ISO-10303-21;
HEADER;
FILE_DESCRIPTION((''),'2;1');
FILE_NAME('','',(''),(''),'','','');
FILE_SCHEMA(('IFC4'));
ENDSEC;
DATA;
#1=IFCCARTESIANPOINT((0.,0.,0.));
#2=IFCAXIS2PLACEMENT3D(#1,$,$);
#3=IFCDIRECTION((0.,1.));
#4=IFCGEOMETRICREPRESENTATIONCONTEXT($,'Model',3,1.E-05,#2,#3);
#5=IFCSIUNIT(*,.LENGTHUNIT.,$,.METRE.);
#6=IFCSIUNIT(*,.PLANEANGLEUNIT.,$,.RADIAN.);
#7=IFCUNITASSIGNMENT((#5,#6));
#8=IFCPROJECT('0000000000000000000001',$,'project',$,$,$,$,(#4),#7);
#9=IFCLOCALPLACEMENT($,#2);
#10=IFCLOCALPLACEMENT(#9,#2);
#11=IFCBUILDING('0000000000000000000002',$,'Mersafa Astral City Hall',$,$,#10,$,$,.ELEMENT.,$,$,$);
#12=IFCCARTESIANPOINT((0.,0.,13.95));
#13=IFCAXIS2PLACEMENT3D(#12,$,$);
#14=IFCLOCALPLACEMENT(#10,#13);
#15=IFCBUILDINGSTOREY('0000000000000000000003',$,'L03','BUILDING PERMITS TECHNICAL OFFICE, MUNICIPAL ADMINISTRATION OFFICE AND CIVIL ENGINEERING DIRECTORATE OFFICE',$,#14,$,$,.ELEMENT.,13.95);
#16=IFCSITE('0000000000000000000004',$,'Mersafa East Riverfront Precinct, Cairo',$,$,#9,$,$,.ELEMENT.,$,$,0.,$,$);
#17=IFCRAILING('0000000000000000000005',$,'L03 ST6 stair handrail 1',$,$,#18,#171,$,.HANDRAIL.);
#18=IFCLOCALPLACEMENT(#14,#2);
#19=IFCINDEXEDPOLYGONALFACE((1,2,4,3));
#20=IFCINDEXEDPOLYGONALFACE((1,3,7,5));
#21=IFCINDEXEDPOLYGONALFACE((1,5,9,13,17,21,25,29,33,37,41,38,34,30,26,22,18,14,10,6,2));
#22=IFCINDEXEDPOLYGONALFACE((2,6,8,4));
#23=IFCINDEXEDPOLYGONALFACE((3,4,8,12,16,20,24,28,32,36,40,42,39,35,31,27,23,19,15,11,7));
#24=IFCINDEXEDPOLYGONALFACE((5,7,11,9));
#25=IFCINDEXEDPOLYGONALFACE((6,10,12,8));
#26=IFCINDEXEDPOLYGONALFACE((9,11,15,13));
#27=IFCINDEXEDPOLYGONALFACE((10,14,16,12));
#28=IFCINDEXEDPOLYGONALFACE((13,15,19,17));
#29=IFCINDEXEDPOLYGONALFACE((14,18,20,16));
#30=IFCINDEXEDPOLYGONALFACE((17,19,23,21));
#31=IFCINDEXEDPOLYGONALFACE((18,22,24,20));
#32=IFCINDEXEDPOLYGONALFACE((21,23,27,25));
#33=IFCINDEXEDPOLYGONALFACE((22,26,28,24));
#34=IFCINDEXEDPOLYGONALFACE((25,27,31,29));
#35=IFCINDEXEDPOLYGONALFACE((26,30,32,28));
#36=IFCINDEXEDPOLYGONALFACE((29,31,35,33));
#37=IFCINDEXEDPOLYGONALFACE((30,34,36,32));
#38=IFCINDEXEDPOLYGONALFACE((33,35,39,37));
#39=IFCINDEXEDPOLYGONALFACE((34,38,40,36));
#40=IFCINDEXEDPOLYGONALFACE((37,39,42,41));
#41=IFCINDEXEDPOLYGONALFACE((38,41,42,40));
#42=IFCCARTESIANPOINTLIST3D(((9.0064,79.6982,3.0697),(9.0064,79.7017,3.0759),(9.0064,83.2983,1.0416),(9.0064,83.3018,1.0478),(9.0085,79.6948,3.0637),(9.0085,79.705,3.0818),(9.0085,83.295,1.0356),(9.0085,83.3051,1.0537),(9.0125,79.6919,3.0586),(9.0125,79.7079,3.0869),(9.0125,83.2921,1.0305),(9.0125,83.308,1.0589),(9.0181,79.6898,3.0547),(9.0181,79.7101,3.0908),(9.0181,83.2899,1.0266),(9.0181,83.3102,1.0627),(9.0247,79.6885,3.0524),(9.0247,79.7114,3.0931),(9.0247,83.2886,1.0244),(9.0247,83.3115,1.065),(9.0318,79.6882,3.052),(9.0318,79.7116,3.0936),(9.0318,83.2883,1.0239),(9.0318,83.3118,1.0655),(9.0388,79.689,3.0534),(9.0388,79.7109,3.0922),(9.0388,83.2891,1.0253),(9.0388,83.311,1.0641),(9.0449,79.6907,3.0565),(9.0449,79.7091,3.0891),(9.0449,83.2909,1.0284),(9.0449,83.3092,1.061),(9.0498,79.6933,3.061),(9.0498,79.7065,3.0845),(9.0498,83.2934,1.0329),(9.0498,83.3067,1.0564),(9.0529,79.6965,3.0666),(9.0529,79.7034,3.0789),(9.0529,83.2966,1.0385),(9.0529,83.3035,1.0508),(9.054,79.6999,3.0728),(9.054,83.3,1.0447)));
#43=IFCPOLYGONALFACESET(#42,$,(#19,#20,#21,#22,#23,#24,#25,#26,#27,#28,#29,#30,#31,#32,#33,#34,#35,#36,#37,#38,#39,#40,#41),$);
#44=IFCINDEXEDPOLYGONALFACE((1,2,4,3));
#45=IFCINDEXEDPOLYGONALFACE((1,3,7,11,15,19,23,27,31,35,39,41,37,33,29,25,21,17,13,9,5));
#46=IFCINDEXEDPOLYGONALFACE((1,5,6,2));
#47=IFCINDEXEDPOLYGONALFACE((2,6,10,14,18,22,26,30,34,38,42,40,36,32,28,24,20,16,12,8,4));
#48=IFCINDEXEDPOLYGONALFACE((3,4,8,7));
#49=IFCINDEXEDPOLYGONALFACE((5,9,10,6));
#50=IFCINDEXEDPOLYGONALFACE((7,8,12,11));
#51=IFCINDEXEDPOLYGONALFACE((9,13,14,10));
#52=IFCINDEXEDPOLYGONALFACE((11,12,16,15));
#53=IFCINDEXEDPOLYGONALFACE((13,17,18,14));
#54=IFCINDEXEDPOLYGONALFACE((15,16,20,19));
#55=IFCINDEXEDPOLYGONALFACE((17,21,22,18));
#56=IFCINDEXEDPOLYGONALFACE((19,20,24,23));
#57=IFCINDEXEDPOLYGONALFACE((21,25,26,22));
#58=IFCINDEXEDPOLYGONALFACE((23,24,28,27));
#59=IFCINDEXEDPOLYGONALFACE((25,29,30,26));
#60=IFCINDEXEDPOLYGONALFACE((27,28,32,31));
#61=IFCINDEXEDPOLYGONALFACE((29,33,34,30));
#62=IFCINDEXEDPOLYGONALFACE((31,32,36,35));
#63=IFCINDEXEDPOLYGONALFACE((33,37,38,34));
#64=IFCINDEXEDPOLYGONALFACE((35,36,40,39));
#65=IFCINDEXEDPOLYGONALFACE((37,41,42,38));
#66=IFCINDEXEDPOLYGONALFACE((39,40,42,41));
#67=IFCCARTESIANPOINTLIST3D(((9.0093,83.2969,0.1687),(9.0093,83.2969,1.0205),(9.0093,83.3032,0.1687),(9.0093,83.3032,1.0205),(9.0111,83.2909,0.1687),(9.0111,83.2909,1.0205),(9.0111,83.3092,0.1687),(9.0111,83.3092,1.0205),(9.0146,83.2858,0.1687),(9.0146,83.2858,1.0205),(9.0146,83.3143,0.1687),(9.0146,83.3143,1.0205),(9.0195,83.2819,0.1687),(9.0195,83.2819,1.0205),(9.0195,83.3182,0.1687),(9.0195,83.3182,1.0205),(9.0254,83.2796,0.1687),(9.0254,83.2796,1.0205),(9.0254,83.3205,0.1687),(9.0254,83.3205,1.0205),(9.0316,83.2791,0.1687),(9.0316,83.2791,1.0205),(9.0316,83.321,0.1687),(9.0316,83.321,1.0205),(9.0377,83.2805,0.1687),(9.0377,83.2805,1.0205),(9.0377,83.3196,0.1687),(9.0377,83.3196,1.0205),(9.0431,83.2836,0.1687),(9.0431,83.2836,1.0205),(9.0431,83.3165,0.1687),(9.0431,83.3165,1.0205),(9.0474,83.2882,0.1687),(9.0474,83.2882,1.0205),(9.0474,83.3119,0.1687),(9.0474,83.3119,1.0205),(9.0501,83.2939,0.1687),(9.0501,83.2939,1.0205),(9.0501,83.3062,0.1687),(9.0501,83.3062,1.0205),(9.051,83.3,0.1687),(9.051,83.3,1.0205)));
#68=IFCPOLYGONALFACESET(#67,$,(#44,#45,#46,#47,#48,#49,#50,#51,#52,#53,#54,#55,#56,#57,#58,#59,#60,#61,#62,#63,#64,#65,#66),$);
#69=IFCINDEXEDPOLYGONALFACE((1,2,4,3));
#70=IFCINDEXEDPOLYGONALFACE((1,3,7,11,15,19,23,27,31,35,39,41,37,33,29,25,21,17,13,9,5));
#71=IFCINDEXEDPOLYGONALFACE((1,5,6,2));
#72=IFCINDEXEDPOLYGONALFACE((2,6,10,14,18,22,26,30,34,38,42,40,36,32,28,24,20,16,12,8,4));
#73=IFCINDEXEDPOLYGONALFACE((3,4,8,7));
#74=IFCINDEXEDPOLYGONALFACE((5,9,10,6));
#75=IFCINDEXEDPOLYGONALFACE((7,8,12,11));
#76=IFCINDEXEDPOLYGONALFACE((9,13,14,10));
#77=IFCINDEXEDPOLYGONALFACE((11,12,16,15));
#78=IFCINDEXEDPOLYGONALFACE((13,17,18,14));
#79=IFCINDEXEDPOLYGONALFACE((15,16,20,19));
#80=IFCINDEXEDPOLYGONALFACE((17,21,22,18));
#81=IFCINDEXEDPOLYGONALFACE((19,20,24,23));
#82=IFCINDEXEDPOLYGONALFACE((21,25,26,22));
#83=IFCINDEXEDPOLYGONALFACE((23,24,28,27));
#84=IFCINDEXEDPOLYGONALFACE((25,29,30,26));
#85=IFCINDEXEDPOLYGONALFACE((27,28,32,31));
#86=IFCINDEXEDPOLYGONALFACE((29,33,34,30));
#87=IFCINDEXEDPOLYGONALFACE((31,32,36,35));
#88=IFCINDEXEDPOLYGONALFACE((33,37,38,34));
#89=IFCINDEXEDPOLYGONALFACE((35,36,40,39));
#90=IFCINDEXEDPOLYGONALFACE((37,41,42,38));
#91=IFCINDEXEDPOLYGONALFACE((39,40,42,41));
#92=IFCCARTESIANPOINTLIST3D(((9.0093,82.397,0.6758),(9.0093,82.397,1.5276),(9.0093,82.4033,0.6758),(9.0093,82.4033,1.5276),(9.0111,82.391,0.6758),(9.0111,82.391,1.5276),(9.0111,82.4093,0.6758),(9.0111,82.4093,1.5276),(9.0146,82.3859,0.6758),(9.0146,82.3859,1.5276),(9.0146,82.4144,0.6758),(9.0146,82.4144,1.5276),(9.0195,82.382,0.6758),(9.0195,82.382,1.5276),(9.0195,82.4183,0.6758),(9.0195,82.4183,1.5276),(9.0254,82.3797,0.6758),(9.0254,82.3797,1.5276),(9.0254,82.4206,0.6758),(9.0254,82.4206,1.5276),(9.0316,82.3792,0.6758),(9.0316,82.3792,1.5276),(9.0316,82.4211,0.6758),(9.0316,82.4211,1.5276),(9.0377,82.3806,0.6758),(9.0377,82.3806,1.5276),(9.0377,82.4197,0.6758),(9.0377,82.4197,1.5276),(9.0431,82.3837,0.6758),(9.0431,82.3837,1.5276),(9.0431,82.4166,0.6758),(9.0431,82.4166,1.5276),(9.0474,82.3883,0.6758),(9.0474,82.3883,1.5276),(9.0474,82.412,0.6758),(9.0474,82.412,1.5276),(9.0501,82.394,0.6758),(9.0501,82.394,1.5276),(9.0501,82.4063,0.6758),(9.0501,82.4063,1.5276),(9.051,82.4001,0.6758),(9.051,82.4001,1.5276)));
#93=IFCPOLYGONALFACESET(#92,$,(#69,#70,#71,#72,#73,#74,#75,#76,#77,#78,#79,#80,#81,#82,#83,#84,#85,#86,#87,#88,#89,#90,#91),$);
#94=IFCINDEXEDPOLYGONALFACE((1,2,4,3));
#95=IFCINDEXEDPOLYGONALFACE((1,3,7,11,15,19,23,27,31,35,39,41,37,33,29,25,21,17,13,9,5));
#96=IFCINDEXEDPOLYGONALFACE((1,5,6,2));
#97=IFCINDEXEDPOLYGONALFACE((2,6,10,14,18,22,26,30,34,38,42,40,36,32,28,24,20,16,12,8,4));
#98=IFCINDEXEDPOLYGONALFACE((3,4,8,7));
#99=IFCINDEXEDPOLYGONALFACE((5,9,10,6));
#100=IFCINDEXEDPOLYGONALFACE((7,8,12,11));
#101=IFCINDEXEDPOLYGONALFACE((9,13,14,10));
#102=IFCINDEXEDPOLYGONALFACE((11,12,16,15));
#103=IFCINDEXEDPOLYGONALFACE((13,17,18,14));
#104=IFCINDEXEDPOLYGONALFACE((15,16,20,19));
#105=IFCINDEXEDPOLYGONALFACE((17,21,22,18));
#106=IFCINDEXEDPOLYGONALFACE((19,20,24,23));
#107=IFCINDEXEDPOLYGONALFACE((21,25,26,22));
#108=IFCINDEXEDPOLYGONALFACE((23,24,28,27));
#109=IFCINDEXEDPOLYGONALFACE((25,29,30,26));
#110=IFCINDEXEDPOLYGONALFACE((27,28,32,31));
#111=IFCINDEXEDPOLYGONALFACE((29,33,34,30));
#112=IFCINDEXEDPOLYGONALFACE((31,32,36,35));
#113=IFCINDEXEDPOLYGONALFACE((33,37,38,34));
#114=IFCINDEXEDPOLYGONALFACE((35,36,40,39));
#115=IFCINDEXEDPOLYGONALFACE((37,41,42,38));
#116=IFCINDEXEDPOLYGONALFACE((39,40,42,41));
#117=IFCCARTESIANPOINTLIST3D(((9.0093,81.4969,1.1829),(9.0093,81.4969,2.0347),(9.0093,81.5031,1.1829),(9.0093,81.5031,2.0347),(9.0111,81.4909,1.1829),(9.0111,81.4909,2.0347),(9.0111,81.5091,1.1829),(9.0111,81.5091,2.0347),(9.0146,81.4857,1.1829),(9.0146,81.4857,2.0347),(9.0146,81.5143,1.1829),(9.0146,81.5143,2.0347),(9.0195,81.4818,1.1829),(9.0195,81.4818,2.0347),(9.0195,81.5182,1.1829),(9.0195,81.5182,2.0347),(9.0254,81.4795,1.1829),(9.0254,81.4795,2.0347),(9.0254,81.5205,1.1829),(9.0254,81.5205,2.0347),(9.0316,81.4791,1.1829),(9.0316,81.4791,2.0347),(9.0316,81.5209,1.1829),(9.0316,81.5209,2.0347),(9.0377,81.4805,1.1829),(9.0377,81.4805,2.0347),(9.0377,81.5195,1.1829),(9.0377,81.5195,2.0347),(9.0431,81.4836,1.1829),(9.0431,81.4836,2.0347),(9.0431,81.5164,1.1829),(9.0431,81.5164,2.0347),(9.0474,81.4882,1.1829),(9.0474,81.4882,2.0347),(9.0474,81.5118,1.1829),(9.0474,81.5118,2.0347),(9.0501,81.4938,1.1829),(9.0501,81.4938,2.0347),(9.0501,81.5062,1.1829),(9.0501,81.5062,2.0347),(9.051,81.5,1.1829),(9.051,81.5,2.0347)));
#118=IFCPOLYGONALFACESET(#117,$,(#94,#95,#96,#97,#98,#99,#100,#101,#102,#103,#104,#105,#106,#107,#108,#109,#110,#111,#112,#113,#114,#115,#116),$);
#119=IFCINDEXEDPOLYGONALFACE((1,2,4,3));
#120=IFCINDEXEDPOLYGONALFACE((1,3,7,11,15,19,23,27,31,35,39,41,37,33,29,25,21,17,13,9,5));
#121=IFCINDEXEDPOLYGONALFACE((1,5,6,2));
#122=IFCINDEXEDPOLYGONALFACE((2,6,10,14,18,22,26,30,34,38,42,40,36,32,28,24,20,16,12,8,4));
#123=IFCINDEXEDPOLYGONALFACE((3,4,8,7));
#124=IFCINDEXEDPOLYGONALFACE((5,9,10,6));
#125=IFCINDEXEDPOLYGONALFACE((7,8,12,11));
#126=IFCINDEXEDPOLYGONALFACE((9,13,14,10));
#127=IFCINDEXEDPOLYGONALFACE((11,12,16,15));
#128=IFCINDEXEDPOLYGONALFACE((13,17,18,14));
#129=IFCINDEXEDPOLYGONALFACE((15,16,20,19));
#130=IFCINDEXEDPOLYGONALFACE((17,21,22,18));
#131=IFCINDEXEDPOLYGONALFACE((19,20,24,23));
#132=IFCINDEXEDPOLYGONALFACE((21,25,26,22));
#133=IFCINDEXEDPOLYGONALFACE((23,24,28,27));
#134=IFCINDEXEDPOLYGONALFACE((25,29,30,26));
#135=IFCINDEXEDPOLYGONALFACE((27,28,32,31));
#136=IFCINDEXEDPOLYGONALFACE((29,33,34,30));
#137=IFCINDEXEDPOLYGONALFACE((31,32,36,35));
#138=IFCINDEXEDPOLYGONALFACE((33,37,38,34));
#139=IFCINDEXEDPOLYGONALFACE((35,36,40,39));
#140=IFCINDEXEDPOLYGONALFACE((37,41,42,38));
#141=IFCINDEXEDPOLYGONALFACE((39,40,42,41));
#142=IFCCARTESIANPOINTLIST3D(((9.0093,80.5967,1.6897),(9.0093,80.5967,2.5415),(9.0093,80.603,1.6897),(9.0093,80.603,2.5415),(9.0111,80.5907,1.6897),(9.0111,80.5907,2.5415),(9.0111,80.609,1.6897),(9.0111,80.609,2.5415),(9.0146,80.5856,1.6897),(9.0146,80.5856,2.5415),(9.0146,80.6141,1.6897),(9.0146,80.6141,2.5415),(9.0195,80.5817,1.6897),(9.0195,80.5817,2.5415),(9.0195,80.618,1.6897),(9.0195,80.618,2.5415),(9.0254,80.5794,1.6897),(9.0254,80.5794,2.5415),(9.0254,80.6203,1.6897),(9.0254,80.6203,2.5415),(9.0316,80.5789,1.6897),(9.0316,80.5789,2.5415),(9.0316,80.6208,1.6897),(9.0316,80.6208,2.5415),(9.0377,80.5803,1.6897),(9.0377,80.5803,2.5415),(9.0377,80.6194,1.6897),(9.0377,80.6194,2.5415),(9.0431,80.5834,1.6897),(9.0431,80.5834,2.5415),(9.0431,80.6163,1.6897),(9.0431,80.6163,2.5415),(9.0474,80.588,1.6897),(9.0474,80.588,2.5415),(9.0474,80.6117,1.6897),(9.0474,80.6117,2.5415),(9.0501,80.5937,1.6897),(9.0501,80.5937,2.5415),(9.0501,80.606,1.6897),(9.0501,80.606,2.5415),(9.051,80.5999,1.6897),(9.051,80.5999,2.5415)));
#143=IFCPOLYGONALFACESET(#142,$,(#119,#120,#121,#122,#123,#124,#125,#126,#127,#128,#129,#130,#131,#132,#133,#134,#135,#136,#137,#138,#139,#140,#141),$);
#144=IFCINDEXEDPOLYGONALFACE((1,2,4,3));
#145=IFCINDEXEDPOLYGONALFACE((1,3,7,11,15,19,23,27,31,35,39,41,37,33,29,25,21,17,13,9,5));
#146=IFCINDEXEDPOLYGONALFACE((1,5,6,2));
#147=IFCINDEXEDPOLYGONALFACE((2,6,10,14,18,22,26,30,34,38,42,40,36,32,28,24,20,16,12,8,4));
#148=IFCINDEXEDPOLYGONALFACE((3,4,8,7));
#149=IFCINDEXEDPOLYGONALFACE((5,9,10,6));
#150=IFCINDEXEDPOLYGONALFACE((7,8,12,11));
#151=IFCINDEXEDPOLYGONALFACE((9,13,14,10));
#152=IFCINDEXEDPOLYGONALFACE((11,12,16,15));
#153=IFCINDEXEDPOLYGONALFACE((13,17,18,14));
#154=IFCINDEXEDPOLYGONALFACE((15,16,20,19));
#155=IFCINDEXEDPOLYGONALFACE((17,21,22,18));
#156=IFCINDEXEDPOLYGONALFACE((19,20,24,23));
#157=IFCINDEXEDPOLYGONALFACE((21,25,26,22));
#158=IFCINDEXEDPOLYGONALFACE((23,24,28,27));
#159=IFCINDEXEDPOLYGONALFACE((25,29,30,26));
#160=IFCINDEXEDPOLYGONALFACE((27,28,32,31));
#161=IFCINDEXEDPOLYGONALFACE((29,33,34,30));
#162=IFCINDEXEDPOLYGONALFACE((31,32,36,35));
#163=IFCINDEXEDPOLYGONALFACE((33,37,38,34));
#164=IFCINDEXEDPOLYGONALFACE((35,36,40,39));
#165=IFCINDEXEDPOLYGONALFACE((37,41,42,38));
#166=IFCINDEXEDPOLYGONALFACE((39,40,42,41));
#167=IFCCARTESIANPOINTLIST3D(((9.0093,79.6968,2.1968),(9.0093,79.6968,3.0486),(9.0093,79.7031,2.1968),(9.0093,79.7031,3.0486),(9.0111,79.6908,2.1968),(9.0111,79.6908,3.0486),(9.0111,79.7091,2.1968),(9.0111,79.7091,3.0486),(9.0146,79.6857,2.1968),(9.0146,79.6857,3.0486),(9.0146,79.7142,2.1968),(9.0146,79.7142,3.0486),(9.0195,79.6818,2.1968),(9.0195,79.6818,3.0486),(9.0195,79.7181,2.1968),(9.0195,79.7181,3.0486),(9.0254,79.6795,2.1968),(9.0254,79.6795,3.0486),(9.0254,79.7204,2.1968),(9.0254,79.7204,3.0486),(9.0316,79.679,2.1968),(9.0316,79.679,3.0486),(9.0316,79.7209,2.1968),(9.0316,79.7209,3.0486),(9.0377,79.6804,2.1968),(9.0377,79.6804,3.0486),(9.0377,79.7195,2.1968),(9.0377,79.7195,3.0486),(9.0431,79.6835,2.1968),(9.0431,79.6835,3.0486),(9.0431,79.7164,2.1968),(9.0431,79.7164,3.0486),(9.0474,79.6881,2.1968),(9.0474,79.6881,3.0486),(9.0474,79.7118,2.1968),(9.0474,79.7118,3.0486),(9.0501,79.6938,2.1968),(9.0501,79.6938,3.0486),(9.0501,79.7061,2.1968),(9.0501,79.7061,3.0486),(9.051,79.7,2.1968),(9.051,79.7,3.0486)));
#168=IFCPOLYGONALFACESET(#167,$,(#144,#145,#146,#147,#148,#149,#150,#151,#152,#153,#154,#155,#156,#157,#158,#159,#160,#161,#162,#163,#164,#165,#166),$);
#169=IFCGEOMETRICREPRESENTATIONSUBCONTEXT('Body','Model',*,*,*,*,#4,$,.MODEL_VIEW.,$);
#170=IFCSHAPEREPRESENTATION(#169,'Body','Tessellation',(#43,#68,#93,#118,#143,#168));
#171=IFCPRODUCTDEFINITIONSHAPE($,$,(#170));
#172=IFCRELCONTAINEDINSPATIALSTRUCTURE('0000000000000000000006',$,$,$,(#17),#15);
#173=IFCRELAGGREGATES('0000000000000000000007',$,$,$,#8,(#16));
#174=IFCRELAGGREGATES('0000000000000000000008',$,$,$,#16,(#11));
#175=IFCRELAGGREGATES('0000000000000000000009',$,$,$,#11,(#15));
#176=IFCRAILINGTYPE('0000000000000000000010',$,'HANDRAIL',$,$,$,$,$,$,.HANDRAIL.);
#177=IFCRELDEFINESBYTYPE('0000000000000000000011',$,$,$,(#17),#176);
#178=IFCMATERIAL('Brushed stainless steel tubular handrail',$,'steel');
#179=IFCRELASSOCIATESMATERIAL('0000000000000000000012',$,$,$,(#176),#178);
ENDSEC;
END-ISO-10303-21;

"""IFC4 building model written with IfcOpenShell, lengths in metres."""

from ifc_helpers import new_model, si_unit, direction, frame, origin, origin_2d, place, context, subcontext, project, spatial, circle, extrude, material, type_object, element, save


model = new_model("IFC4")

# Units and contexts
model_context = context("Model", 3, precision=1e-05, world=origin(), true_north=direction((0.0, 1.0)))
body_context = subcontext(model_context, "Body", "Model", "MODEL_VIEW")
ifc_project = project(units=[si_unit("LENGTHUNIT", "METRE"), si_unit("PLANEANGLEUNIT", "RADIAN")], contexts=[model_context])

# Site, building, storey
site_placement = place(None, origin())
site = spatial("IfcSite", under=ifc_project, at=site_placement, Name="Mersafa East Riverfront Precinct, Cairo", CompositionType="ELEMENT", RefElevation=0.0)
building_placement = place(site_placement, origin())
building = spatial("IfcBuilding", under=site, at=building_placement, Name="Mersafa Astral City Hall", CompositionType="ELEMENT")
storey_placement = place(building_placement, frame((0.0, 0.0, 13.95)))
storey = spatial("IfcBuildingStorey", under=building, at=storey_placement, Name="L03", Description="BUILDING PERMITS TECHNICAL OFFICE, MUNICIPAL ADMINISTRATION OFFICE AND CIVIL ENGINEERING DIRECTORATE OFFICE", CompositionType="ELEMENT", Elevation=13.95)

# Railing
ifc_material_1 = material(Name="Brushed stainless steel tubular handrail", Category="steel")
railing_type_1 = type_object("IfcRailingType", Name="HANDRAIL", PredefinedType="HANDRAIL", material=ifc_material_1)
railing_1_placement = place(storey_placement, frame((9.03, 83.3, 0.1687)))
element("IfcRailing", 1, at=railing_1_placement, inside=storey, type_object=railing_type_1, Name="L03 ST6 stair handrail 1", PredefinedType="HANDRAIL", context=body_context, shape_type="SweptSolid", body=[
    extrude(circle(Radius=0.0239, at=origin_2d()), frame((0.0, 0.0, 0.876), z_axis=(0.0, -0.871263, 0.490817), x_axis=(1.0, 0.0, 0.0)), (0.0, 0.0, 1.0), 4.1321),
    extrude(circle(Radius=0.021, at=origin_2d()), origin(), (0.0, 0.0, 1.0), 0.8518),
    extrude(circle(Radius=0.021, at=origin_2d()), frame((0.0, -0.8999, 0.5071)), (0.0, 0.0, 1.0), 0.8518),
    extrude(circle(Radius=0.021, at=origin_2d()), frame((0.0, -1.8, 1.0142)), (0.0, 0.0, 1.0), 0.8518),
    extrude(circle(Radius=0.021, at=origin_2d()), frame((0.0, -2.7002, 1.521)), (0.0, 0.0, 1.0), 0.8518),
    extrude(circle(Radius=0.021, at=origin_2d()), frame((0.0, -3.6001, 2.0281)), (0.0, 0.0, 1.0), 0.8518),
])

save(model, "model.ifc")
